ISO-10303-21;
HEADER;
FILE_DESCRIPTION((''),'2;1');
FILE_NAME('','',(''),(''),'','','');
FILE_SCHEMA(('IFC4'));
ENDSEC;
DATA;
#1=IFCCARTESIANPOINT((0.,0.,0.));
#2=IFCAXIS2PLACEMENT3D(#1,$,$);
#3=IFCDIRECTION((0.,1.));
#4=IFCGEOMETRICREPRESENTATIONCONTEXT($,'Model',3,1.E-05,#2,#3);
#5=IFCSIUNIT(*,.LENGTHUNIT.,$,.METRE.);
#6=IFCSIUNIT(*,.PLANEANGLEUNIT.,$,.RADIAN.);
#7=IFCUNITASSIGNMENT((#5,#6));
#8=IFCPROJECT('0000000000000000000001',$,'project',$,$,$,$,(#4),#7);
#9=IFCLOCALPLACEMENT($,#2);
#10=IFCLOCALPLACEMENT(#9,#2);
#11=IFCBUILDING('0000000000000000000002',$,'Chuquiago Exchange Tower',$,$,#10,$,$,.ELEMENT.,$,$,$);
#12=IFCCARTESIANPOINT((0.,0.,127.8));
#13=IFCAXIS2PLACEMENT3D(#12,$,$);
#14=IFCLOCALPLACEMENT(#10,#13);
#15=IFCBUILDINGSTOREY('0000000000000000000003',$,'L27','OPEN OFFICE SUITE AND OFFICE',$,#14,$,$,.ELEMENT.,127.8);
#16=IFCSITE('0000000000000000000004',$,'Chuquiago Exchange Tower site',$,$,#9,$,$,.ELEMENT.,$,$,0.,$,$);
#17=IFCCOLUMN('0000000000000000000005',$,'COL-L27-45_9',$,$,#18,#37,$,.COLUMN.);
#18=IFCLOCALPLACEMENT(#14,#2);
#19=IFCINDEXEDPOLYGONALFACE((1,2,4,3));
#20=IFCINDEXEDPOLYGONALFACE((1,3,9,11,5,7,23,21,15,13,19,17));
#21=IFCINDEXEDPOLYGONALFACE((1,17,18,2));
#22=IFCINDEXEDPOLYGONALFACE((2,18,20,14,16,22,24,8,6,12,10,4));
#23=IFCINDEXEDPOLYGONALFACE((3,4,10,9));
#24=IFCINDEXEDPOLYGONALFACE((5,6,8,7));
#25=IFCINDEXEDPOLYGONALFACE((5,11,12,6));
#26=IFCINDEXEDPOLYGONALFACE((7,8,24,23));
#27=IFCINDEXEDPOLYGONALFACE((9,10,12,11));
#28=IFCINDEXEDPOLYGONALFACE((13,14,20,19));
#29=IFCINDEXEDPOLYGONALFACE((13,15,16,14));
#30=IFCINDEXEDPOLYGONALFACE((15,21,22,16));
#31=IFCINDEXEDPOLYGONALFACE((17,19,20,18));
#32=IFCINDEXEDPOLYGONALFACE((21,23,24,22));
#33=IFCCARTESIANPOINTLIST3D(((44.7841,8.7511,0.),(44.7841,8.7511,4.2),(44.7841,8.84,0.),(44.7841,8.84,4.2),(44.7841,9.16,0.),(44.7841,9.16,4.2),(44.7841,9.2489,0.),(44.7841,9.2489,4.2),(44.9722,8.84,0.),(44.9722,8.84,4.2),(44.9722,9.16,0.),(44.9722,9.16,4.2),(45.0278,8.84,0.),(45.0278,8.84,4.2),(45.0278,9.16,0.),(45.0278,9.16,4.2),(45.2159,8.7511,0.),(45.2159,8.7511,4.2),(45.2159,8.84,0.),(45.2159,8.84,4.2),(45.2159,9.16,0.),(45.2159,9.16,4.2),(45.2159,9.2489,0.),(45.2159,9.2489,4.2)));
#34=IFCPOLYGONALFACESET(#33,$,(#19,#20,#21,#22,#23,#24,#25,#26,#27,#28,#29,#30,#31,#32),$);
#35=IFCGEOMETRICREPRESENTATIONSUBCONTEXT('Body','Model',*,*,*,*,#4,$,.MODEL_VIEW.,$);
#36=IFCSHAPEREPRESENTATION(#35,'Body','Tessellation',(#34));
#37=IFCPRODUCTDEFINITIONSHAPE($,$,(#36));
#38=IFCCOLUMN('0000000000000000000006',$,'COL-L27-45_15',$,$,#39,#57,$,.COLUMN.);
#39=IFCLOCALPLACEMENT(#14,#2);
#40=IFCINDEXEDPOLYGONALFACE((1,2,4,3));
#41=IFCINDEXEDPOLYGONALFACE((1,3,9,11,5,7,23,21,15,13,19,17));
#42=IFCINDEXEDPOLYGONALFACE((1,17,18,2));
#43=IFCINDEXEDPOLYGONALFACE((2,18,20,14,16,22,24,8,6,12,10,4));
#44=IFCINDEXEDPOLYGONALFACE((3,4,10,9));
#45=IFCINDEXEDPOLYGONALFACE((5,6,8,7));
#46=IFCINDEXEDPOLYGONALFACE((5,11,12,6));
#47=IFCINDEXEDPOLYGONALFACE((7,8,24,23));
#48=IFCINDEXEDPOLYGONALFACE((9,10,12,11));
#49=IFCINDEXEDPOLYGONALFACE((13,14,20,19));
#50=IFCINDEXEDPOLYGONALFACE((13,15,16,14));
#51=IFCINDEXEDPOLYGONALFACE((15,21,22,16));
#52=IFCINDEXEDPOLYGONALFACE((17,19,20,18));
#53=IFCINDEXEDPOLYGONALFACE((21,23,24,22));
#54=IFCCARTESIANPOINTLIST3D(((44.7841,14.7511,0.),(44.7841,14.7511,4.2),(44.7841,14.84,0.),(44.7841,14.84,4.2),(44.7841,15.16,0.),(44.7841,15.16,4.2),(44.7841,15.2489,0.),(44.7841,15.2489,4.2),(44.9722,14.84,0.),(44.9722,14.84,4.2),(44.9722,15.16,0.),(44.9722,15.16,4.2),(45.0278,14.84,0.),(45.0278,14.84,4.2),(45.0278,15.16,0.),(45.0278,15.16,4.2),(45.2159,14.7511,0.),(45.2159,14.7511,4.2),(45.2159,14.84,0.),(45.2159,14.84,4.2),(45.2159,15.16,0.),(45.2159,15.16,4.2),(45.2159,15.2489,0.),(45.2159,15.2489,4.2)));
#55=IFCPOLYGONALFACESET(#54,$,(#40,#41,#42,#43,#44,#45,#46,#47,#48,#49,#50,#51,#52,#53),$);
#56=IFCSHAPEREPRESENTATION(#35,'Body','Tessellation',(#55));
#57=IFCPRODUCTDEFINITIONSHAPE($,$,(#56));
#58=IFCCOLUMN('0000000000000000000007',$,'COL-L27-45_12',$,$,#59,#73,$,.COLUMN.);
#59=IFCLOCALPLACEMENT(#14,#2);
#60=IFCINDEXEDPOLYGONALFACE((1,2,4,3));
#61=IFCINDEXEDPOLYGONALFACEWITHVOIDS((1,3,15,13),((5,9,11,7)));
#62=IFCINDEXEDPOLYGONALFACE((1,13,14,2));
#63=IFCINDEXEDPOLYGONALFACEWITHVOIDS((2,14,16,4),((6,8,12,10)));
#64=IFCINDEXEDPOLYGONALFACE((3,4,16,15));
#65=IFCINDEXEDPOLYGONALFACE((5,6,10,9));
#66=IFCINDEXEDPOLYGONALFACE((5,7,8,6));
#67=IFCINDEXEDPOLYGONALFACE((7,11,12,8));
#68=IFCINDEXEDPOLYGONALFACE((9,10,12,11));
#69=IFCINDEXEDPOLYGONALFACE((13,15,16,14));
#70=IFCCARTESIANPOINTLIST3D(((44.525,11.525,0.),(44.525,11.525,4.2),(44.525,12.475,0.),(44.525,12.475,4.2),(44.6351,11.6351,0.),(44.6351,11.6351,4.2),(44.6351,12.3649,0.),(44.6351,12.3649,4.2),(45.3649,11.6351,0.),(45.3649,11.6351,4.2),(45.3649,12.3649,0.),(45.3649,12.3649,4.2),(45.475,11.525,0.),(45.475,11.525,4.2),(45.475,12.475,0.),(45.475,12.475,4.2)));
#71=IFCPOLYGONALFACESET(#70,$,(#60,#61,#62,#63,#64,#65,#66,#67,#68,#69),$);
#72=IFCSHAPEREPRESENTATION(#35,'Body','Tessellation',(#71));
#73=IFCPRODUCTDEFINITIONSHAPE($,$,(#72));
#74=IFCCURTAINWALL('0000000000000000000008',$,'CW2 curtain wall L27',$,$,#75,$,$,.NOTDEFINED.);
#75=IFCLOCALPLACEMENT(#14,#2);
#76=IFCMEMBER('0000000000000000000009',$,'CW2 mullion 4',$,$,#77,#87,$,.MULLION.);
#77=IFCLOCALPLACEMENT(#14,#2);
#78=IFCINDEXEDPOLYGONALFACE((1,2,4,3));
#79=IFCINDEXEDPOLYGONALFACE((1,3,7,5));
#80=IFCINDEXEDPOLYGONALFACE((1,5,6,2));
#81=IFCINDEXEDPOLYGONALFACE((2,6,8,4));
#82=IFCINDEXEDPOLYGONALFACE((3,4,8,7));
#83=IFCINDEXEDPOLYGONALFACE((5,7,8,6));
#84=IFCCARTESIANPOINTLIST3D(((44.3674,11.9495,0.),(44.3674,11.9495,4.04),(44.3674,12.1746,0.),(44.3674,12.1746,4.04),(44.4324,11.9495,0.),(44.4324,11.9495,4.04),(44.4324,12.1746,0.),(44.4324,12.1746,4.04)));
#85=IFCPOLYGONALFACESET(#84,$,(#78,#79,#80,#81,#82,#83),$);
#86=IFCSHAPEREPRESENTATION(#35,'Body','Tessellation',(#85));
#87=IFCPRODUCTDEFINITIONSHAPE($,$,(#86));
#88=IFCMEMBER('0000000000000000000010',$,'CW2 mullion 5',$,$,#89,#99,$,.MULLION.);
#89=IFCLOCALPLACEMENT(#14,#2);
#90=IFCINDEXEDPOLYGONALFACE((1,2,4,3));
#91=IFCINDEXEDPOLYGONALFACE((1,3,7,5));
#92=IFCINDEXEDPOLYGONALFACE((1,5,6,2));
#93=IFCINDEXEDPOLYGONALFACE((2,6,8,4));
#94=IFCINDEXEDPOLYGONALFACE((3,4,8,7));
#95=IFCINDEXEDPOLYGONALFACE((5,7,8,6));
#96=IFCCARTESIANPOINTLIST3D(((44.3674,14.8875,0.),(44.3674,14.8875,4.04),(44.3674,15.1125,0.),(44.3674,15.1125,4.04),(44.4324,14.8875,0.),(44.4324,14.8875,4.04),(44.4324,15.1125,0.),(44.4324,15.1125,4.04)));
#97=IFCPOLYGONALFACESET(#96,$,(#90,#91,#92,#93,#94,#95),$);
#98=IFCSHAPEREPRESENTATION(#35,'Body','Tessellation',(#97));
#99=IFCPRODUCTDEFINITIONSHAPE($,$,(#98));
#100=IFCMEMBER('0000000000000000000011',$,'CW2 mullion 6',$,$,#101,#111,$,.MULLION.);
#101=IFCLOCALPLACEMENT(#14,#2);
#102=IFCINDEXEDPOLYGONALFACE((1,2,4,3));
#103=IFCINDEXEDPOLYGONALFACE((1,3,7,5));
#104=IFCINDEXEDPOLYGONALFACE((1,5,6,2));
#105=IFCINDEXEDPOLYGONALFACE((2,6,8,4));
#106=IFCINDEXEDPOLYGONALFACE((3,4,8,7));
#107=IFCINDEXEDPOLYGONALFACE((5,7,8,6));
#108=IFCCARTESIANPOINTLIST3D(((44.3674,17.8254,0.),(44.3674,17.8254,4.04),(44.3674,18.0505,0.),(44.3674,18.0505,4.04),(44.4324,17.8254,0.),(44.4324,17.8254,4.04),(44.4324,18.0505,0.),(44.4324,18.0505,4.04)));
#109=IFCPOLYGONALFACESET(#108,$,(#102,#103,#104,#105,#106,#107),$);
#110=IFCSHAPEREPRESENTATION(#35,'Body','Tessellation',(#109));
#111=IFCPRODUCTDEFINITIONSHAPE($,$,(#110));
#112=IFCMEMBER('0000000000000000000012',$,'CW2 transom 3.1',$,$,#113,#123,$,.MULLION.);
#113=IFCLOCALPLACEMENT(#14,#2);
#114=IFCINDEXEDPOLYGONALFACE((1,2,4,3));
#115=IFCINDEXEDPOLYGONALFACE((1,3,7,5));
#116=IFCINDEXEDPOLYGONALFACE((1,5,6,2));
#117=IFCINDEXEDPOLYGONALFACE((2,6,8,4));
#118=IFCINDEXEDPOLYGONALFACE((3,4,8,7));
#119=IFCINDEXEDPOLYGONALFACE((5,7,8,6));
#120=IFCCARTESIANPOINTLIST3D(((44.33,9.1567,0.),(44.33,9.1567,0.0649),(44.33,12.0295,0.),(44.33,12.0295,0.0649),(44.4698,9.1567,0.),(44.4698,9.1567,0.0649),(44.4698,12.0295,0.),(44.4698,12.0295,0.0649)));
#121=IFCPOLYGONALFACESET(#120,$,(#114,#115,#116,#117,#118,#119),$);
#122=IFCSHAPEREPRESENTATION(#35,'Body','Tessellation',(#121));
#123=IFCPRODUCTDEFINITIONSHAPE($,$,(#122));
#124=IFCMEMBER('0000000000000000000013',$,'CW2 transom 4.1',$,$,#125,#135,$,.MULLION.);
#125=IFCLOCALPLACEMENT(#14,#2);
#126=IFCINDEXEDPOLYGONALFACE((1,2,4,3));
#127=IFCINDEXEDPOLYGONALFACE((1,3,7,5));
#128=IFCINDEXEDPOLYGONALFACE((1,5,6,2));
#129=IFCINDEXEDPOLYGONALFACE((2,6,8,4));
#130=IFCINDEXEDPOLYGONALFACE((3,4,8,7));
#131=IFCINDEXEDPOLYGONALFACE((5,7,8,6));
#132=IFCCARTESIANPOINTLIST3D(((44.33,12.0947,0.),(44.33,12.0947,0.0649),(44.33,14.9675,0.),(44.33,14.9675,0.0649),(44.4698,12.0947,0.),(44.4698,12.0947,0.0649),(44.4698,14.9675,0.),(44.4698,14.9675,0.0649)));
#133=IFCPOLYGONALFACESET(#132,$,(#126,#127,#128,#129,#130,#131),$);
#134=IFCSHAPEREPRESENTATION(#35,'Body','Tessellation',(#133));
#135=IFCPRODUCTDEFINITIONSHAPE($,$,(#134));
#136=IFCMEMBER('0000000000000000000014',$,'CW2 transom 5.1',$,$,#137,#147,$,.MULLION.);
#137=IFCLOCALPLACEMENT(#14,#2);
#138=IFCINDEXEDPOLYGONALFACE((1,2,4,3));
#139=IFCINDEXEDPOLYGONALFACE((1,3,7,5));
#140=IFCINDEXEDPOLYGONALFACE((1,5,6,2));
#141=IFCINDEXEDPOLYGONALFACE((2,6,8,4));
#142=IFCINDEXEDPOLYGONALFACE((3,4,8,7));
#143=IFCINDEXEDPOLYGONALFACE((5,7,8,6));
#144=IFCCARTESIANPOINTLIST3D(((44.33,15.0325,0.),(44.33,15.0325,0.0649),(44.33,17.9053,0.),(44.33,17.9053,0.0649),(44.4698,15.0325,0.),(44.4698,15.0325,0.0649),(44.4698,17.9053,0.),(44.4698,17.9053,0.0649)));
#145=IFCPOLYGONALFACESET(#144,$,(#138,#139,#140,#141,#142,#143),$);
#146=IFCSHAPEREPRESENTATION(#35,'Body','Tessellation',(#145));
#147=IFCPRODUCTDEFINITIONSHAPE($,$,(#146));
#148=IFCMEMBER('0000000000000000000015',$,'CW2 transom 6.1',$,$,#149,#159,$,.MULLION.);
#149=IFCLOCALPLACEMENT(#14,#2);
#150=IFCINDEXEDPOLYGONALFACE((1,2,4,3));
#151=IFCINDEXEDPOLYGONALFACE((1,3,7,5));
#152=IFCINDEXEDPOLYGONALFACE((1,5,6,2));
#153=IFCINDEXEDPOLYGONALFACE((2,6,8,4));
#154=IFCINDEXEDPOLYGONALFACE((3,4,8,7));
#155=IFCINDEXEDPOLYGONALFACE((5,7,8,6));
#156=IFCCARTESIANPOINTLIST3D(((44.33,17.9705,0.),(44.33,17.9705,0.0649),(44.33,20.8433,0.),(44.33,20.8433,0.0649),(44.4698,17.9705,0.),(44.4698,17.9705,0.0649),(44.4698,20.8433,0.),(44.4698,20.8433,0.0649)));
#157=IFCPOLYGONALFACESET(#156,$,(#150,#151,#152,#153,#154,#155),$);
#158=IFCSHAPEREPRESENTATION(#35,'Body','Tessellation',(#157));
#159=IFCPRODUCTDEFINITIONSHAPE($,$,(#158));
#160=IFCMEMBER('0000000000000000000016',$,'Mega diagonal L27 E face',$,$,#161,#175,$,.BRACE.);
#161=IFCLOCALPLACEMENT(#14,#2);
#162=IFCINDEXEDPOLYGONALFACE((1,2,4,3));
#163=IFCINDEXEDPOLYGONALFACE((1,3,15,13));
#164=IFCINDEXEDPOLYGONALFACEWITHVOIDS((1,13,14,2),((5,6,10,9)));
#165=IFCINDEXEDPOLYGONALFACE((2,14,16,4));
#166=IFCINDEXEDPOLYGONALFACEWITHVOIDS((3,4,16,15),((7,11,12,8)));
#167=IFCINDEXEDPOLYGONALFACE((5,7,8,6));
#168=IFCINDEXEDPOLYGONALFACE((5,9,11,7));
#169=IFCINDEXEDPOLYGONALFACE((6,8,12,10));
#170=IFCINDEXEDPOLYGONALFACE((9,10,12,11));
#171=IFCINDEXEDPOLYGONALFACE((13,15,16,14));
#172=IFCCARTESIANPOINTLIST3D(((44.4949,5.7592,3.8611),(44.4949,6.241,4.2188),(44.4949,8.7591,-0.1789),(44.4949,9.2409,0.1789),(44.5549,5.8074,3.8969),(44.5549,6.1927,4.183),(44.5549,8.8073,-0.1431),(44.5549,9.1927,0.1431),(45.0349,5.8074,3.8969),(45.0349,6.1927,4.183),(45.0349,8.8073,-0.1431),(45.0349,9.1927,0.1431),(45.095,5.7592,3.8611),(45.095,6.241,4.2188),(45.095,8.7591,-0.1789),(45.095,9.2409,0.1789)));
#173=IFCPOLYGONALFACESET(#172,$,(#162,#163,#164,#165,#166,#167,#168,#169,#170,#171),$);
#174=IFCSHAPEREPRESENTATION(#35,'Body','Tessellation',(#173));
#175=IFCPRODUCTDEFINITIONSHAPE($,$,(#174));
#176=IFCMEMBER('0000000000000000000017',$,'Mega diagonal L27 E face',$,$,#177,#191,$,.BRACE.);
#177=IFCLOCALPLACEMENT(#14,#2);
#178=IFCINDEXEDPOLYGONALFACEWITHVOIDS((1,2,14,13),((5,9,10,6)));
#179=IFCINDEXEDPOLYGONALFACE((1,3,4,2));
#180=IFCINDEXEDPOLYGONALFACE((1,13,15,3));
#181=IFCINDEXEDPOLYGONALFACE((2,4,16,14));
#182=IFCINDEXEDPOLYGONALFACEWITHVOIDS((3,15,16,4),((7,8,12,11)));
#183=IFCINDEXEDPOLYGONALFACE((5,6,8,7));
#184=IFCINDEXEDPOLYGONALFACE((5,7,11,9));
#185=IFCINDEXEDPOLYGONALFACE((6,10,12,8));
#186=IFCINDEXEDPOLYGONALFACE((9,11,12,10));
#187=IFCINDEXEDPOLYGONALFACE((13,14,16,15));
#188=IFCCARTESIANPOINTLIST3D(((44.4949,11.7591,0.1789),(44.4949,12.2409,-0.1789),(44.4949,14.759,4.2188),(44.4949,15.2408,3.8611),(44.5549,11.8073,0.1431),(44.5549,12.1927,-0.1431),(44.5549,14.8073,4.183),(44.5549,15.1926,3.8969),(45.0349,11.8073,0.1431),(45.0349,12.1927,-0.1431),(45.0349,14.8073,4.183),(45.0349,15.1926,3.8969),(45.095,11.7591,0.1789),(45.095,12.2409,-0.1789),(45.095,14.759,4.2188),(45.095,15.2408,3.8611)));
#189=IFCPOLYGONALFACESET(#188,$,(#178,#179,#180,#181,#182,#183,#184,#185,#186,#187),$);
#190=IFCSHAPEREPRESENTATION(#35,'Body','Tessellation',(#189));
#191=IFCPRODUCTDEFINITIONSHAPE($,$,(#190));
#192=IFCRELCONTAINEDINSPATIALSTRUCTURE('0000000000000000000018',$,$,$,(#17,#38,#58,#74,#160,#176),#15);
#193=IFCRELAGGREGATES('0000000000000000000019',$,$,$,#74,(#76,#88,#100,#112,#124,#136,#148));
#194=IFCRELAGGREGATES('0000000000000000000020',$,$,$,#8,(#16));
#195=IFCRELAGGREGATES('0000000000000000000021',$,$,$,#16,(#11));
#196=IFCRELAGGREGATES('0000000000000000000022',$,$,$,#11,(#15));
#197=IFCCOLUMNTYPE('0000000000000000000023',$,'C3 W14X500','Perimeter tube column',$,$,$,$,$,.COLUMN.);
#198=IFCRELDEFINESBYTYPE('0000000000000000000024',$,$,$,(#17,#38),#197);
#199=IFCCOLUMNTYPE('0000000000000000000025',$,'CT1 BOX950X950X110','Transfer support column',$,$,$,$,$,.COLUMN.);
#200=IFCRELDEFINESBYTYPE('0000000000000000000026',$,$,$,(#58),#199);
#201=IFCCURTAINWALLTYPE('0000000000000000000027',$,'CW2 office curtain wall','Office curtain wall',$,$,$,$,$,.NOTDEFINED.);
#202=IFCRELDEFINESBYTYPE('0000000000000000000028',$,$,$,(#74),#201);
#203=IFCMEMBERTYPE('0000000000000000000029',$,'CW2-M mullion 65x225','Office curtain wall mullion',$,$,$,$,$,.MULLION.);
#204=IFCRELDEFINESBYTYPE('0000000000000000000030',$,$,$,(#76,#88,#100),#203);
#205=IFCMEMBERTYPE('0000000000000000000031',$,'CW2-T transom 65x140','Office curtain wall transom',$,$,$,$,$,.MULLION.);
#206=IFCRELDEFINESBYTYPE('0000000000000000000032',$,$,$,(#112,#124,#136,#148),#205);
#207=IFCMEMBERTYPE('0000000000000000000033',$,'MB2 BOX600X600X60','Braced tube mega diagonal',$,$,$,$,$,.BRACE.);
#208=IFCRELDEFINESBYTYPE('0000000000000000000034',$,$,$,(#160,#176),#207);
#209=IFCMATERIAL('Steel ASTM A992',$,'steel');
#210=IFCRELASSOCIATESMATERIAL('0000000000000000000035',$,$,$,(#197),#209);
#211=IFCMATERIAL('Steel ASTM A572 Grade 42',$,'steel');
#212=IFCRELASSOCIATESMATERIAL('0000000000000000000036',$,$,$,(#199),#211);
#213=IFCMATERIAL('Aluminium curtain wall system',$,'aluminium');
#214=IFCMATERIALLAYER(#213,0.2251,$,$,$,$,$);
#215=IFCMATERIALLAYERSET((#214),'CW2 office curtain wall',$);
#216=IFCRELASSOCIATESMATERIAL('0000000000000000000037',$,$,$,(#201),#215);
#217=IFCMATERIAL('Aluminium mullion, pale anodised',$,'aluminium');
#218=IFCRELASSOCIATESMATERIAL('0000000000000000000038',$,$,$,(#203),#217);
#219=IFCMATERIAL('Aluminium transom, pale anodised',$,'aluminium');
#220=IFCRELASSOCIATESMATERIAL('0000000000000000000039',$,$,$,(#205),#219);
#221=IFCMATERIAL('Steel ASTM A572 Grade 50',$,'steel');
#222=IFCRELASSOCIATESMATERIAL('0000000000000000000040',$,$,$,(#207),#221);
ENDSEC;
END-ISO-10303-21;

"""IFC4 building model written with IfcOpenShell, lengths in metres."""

from ifc_helpers import new_model, si_unit, direction, frame, origin, origin_2d, place, context, subcontext, project, spatial, rectangle, hollow_rectangle, i_section, extrude, material, layer, layer_set, material_profile, profile_set, type_object, element, aggregate, save


model = new_model("IFC4")

# Units and contexts
model_context = context("Model", 3, precision=1e-05, world=origin(), true_north=direction((0.0, 1.0)))
body_context = subcontext(model_context, "Body", "Model", "MODEL_VIEW")
ifc_project = project(units=[si_unit("LENGTHUNIT", "METRE"), si_unit("PLANEANGLEUNIT", "RADIAN")], contexts=[model_context])

# Site, building, storey
site_placement = place(None, origin())
site = spatial("IfcSite", under=ifc_project, at=site_placement, Name="Chuquiago Exchange Tower site", CompositionType="ELEMENT", RefElevation=0.0)
building_placement = place(site_placement, origin())
building = spatial("IfcBuilding", under=site, at=building_placement, Name="Chuquiago Exchange Tower", CompositionType="ELEMENT")
storey_placement = place(building_placement, frame((0.0, 0.0, 127.8)))
storey = spatial("IfcBuildingStorey", under=building, at=storey_placement, Name="L27", Description="OPEN OFFICE SUITE AND OFFICE", CompositionType="ELEMENT", Elevation=127.8)

# Columns
ifc_material_1 = material(Name="Steel ASTM A992", Category="steel")
ifc_material_profile_1 = material_profile(ifc_material_1, i_section(OverallWidth=0.4319, OverallDepth=0.4978, WebThickness=0.0557, FlangeThickness=0.0889, at=origin_2d()), Name="W14X500")
ifc_profile_set_1 = profile_set([ifc_material_profile_1], Name="Steel ASTM A992")
column_type_1 = type_object("IfcColumnType", Name="C3 W14X500", Description="Perimeter tube column", PredefinedType="COLUMN", material=ifc_profile_set_1)
for number, where, z_axis, x_axis, name in (
    (1, (45.0, 9.0, 0.0), (0.0, 0.0, 1.0), (1.0, 0.0, 0.0), "COL-L27-45_9"),
    (2, (45.0, 15.0, 0.0), (0.0, 0.0, 1.0), (1.0, 0.0, 0.0), "COL-L27-45_15"),
):
    element("IfcColumn", number, at=place(storey_placement, frame(where, z_axis=z_axis, x_axis=x_axis)), inside=storey, type_object=column_type_1, Name=name, PredefinedType="COLUMN", context=body_context, shape_type="SweptSolid", body=[
        extrude(i_section(OverallWidth=0.4319, OverallDepth=0.4978, WebThickness=0.0557, FlangeThickness=0.0889, at=origin_2d()), origin(), (0.0, 0.0, 1.0), 4.2),
    ])
ifc_material_2 = material(Name="Steel ASTM A572 Grade 42", Category="steel")
ifc_material_profile_2 = material_profile(ifc_material_2, hollow_rectangle(XDim=0.95, YDim=0.95, WallThickness=0.1101, at=origin_2d()), Name="BOX950X950X110")
ifc_profile_set_2 = profile_set([ifc_material_profile_2], Name="Steel ASTM A572 Grade 42")
column_type_2 = type_object("IfcColumnType", Name="CT1 BOX950X950X110", Description="Transfer support column", PredefinedType="COLUMN", material=ifc_profile_set_2)
column_placement = place(storey_placement, frame((45.0, 12.0, 0.0), z_axis=(0.0, 0.0, 1.0), x_axis=(1.0, 0.0, 0.0)))
element("IfcColumn", 3, at=column_placement, inside=storey, type_object=column_type_2, Name="COL-L27-45_12", PredefinedType="COLUMN", context=body_context, shape_type="SweptSolid", body=[
    extrude(hollow_rectangle(XDim=0.95, YDim=0.95, WallThickness=0.1101, at=origin_2d()), origin(), (0.0, 0.0, 1.0), 4.2),
])

# Curtain wall, members
ifc_material_3 = material(Name="Aluminium curtain wall system", Category="aluminium")
ifc_layer_1 = layer(ifc_material_3, 0.2251)
ifc_layer_set_1 = layer_set([ifc_layer_1], Name="CW2 office curtain wall")
curtain_wall_type = type_object("IfcCurtainWallType", Name="CW2 office curtain wall", Description="Office curtain wall", PredefinedType="NOTDEFINED", material=ifc_layer_set_1)
curtain_wall_placement = place(storey_placement, origin())
curtain_wall = element("IfcCurtainWall", 4, at=curtain_wall_placement, inside=storey, type_object=curtain_wall_type, Name="CW2 curtain wall L27", PredefinedType="NOTDEFINED")
ifc_material_4 = material(Name="Aluminium mullion, pale anodised", Category="aluminium")
ifc_material_profile_3 = material_profile(ifc_material_4, rectangle(XDim=0.0649, YDim=0.2251, at=origin_2d()), Name="AL 65x225")
ifc_profile_set_3 = profile_set([ifc_material_profile_3], Name="Aluminium mullion, pale anodised")
member_type_1 = type_object("IfcMemberType", Name="CW2-M mullion 65x225", Description="Office curtain wall mullion", PredefinedType="MULLION", material=ifc_profile_set_3)
member_1_placement = place(storey_placement, frame((44.3999, 12.062, 0.0), z_axis=(0.0, 0.0, 1.0), x_axis=(-1.0, 0.0, 0.0)))
member_1 = element("IfcMember", 5, at=member_1_placement, type_object=member_type_1, Name="CW2 mullion 4", PredefinedType="MULLION", context=body_context, shape_type="SweptSolid", body=[
    extrude(rectangle(XDim=0.0649, YDim=0.2251, at=origin_2d()), origin(), (0.0, 0.0, 1.0), 4.04),
])
member_2_placement = place(storey_placement, frame((44.3999, 15.0, 0.0), z_axis=(0.0, 0.0, 1.0), x_axis=(-1.0, 0.0, 0.0)))
member_2 = element("IfcMember", 6, at=member_2_placement, type_object=member_type_1, Name="CW2 mullion 5", PredefinedType="MULLION", context=body_context, shape_type="SweptSolid", body=[
    extrude(rectangle(XDim=0.0649, YDim=0.2251, at=origin_2d()), origin(), (0.0, 0.0, 1.0), 4.04),
])
member_3_placement = place(storey_placement, frame((44.3999, 17.938, 0.0), z_axis=(0.0, 0.0, 1.0), x_axis=(-1.0, 0.0, 0.0)))
member_3 = element("IfcMember", 7, at=member_3_placement, type_object=member_type_1, Name="CW2 mullion 6", PredefinedType="MULLION", context=body_context, shape_type="SweptSolid", body=[
    extrude(rectangle(XDim=0.0649, YDim=0.2251, at=origin_2d()), origin(), (0.0, 0.0, 1.0), 4.04),
])
ifc_material_5 = material(Name="Aluminium transom, pale anodised", Category="aluminium")
ifc_material_profile_4 = material_profile(ifc_material_5, rectangle(XDim=0.1399, YDim=0.0649, at=origin_2d()), Name="AL 140x65")
ifc_profile_set_4 = profile_set([ifc_material_profile_4], Name="Aluminium transom, pale anodised")
member_type_2 = type_object("IfcMemberType", Name="CW2-T transom 65x140", Description="Office curtain wall transom", PredefinedType="MULLION", material=ifc_profile_set_4)
member_4_placement = place(storey_placement, frame((44.3999, 9.1567, 0.0325), z_axis=(0.0, 1.0, 0.0), x_axis=(-1.0, 0.0, 0.0)))
member_4 = element("IfcMember", 8, at=member_4_placement, type_object=member_type_2, Name="CW2 transom 3.1", PredefinedType="MULLION", context=body_context, shape_type="SweptSolid", body=[
    extrude(rectangle(XDim=0.1399, YDim=0.0649, at=origin_2d()), origin(), (0.0, 0.0, 1.0), 2.8728),
])
member_5_placement = place(storey_placement, frame((44.3999, 12.0947, 0.0325), z_axis=(0.0, 1.0, 0.0), x_axis=(-1.0, 0.0, 0.0)))
member_5 = element("IfcMember", 9, at=member_5_placement, type_object=member_type_2, Name="CW2 transom 4.1", PredefinedType="MULLION", context=body_context, shape_type="SweptSolid", body=[
    extrude(rectangle(XDim=0.1399, YDim=0.0649, at=origin_2d()), origin(), (0.0, 0.0, 1.0), 2.8728),
])
member_6_placement = place(storey_placement, frame((44.3999, 15.0325, 0.0325), z_axis=(0.0, 1.0, 0.0), x_axis=(-1.0, 0.0, 0.0)))
member_6 = element("IfcMember", 10, at=member_6_placement, type_object=member_type_2, Name="CW2 transom 5.1", PredefinedType="MULLION", context=body_context, shape_type="SweptSolid", body=[
    extrude(rectangle(XDim=0.1399, YDim=0.0649, at=origin_2d()), origin(), (0.0, 0.0, 1.0), 2.8728),
])
member_7_placement = place(storey_placement, frame((44.3999, 17.9705, 0.0325), z_axis=(0.0, 1.0, 0.0), x_axis=(-1.0, 0.0, 0.0)))
member_7 = element("IfcMember", 11, at=member_7_placement, type_object=member_type_2, Name="CW2 transom 6.1", PredefinedType="MULLION", context=body_context, shape_type="SweptSolid", body=[
    extrude(rectangle(XDim=0.1399, YDim=0.0649, at=origin_2d()), origin(), (0.0, 0.0, 1.0), 2.8728),
])

# Members
ifc_material_6 = material(Name="Steel ASTM A572 Grade 50", Category="steel")
ifc_material_profile_5 = material_profile(ifc_material_6, hollow_rectangle(XDim=0.6001, YDim=0.6001, WallThickness=0.0601, at=origin_2d()), Name="BOX600X600X60")
ifc_profile_set_5 = profile_set([ifc_material_profile_5], Name="Steel ASTM A572 Grade 50")
member_type_3 = type_object("IfcMemberType", Name="MB2 BOX600X600X60", Description="Braced tube mega diagonal", PredefinedType="BRACE", material=ifc_profile_set_5)
for number, where, z_axis, x_axis, name in (
    (12, (44.7949, 9.0, 0.0), (0.0, -0.596174, 0.802855), (1.0, 0.0, 0.0), "Mega diagonal L27 E face"),
    (13, (44.7949, 12.0, 0.0), (0.0, 0.596174, 0.802855), (-1.0, 0.0, 0.0), "Mega diagonal L27 E face"),
):
    element("IfcMember", number, at=place(storey_placement, frame(where, z_axis=z_axis, x_axis=x_axis)), inside=storey, type_object=member_type_3, Name=name, PredefinedType="BRACE", context=body_context, shape_type="SweptSolid", body=[
        extrude(hollow_rectangle(XDim=0.6001, YDim=0.6001, WallThickness=0.0601, at=origin_2d()), origin(), (0.0, 0.0, 1.0), 5.032),
    ])

aggregate(curtain_wall, [member_1, member_2, member_3, member_4, member_5, member_6, member_7])

save(model, "model.ifc")
